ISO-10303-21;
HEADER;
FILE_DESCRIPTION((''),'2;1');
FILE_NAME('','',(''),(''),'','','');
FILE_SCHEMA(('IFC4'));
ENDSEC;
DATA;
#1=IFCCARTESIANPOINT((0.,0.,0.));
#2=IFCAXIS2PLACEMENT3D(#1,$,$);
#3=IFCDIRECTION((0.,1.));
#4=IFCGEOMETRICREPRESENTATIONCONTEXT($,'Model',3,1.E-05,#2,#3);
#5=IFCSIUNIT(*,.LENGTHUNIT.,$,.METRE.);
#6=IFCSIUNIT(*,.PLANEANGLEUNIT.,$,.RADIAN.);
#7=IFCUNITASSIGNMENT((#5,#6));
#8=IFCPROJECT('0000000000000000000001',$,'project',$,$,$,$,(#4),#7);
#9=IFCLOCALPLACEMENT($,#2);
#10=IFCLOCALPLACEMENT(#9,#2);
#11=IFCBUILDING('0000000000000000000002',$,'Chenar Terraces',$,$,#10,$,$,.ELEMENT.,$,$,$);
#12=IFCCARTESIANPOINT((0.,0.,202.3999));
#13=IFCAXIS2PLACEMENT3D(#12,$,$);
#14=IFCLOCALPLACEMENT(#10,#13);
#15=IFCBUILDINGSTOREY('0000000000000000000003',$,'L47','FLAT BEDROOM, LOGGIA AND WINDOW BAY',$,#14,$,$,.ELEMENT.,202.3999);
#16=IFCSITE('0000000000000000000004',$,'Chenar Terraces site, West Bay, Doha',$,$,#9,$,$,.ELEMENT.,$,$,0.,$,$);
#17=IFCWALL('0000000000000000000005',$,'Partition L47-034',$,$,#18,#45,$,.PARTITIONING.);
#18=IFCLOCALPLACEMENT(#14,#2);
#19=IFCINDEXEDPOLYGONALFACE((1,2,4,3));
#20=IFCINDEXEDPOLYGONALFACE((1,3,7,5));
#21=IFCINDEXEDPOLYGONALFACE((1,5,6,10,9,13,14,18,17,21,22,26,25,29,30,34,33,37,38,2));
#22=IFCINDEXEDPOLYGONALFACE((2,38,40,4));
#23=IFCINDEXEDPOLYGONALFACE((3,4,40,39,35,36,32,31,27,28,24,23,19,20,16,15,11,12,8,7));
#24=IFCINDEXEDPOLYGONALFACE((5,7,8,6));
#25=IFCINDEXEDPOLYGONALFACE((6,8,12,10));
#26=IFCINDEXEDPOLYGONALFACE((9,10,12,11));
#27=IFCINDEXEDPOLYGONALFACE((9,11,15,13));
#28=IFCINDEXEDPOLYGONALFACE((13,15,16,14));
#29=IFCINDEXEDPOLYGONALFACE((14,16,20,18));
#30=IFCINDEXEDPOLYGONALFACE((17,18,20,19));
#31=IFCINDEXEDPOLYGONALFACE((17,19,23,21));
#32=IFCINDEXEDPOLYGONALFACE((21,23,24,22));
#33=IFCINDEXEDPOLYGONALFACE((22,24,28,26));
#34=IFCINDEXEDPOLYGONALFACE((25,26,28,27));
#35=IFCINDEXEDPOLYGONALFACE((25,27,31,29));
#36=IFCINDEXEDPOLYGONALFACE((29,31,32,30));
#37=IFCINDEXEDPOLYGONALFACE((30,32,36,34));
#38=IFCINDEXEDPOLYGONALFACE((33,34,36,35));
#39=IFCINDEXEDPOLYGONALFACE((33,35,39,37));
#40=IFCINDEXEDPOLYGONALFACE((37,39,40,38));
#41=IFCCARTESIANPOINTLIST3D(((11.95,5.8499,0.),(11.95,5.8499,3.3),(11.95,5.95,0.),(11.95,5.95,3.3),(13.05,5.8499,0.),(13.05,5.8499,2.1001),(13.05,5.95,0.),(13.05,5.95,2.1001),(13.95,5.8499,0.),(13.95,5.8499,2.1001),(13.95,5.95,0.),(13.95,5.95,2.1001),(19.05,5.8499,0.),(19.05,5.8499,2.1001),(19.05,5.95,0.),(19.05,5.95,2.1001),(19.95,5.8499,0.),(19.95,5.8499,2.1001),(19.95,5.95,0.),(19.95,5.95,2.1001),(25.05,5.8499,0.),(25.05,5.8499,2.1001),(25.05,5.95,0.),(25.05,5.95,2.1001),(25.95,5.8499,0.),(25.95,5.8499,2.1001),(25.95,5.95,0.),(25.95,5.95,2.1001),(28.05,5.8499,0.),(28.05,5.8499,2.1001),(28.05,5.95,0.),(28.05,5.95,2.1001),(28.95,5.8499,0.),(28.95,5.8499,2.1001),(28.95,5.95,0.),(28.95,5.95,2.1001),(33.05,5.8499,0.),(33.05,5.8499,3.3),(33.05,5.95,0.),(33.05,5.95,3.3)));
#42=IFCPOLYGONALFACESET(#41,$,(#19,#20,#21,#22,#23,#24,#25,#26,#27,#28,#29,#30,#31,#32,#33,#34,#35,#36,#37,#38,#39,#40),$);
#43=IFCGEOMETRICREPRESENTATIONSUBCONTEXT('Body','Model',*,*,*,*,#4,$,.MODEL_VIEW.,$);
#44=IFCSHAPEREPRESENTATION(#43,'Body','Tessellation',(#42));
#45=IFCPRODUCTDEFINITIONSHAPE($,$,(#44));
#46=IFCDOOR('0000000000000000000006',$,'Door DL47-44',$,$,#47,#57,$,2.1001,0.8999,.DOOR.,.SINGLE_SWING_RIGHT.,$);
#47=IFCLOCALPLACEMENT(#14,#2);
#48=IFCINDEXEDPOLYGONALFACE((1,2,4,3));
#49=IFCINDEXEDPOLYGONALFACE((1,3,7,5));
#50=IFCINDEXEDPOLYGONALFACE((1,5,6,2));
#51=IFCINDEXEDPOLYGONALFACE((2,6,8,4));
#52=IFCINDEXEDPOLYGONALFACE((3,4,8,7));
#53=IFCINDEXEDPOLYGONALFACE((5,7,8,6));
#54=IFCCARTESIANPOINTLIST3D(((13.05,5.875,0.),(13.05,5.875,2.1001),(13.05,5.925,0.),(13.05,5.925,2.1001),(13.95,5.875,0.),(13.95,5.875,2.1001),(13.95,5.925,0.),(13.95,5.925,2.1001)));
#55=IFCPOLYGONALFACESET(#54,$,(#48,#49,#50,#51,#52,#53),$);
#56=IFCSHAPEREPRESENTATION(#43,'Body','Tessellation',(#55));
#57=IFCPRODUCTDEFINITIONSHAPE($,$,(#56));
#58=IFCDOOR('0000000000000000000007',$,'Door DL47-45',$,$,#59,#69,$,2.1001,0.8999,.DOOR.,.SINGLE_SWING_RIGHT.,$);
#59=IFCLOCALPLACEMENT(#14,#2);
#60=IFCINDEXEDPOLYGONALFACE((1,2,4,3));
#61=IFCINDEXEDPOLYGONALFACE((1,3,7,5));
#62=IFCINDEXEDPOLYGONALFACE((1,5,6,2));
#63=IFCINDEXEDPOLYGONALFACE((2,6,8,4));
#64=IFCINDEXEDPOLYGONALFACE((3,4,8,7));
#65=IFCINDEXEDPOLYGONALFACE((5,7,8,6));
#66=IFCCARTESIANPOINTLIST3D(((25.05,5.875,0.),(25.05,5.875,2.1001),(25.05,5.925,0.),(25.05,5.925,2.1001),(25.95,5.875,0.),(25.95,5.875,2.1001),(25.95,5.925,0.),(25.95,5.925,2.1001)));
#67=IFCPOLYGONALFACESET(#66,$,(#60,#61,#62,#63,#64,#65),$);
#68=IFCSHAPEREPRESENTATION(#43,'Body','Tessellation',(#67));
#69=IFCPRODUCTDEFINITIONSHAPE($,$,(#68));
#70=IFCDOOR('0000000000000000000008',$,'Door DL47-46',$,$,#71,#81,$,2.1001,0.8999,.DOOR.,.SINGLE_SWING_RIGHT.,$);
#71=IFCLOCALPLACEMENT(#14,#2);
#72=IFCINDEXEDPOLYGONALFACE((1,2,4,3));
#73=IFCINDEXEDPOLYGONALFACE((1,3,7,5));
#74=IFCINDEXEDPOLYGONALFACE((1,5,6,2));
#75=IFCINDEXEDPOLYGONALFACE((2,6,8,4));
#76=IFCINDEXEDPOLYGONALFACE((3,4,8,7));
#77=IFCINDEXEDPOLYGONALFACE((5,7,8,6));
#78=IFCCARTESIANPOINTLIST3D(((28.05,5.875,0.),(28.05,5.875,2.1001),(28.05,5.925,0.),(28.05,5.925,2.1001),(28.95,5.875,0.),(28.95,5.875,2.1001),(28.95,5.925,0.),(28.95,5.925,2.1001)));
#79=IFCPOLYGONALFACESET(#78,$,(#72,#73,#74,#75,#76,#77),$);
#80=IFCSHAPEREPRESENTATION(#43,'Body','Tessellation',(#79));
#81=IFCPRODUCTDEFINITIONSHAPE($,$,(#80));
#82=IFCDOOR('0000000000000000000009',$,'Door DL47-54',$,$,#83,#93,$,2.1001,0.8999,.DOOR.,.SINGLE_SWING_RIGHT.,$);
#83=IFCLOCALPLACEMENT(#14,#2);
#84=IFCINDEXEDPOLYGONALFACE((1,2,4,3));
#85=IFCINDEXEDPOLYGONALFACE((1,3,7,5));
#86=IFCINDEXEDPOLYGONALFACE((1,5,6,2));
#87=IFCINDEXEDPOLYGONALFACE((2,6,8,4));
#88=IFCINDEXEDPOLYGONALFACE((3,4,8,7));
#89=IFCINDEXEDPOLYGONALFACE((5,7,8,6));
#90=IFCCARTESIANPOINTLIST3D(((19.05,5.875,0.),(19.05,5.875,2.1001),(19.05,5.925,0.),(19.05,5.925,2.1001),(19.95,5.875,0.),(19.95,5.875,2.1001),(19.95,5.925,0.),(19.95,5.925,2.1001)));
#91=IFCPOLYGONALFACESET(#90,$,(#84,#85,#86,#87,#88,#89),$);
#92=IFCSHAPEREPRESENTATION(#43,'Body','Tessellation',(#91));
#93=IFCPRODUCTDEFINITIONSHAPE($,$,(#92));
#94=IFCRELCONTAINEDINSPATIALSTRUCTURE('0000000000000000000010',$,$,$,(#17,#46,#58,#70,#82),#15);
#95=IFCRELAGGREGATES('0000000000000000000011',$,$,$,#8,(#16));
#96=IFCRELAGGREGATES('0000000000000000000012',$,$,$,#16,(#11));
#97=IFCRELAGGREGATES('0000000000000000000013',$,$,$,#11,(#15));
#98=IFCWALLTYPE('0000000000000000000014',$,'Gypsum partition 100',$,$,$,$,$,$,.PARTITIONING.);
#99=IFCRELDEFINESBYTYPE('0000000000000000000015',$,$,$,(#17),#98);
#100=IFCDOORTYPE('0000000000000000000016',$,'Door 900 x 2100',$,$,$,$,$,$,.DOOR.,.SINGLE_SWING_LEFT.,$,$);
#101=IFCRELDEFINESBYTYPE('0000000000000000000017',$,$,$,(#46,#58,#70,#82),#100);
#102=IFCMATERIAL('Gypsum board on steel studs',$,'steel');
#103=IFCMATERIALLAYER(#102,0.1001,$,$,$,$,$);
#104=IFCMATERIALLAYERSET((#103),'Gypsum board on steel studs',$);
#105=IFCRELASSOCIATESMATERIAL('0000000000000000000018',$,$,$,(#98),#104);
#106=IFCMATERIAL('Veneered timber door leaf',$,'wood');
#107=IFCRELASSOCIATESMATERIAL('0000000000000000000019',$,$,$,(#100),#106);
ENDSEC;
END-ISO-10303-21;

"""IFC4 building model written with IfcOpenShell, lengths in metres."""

from ifc_helpers import new_model, si_unit, direction, frame, frame_2d, origin, place, context, subcontext, project, spatial, rectangle, extrude, material, layer, layer_set, type_object, element, fill, save


model = new_model("IFC4")

# Units and contexts
model_context = context("Model", 3, precision=1e-05, world=origin(), true_north=direction((0.0, 1.0)))
body_context = subcontext(model_context, "Body", "Model", "MODEL_VIEW")
ifc_project = project(units=[si_unit("LENGTHUNIT", "METRE"), si_unit("PLANEANGLEUNIT", "RADIAN")], contexts=[model_context])

# Site, building, storey
site_placement = place(None, origin())
site = spatial("IfcSite", under=ifc_project, at=site_placement, Name="Chenar Terraces site, West Bay, Doha", CompositionType="ELEMENT", RefElevation=0.0)
building_placement = place(site_placement, origin())
building = spatial("IfcBuilding", under=site, at=building_placement, Name="Chenar Terraces", CompositionType="ELEMENT")
storey_placement = place(building_placement, frame((0.0, 0.0, 202.3999)))
storey = spatial("IfcBuildingStorey", under=building, at=storey_placement, Name="L47", Description="FLAT BEDROOM, LOGGIA AND WINDOW BAY", CompositionType="ELEMENT", Elevation=202.3999)

# Wall, openings, doors
ifc_material_1 = material(Name="Gypsum board on steel studs", Category="steel")
ifc_layer_1 = layer(ifc_material_1, 0.1001)
ifc_layer_set_1 = layer_set([ifc_layer_1], Name="Gypsum board on steel studs")
wall_type_1 = type_object("IfcWallType", Name="Gypsum partition 100", PredefinedType="PARTITIONING", material=ifc_layer_set_1)
wall_1_placement = place(storey_placement, frame((11.95, 5.8999, 0.0), z_axis=(0.0, 0.0, 1.0), x_axis=(1.0, 0.0, 0.0)))
wall_1 = element("IfcWall", 1, at=wall_1_placement, inside=storey, type_object=wall_type_1, Name="Partition L47-034", PredefinedType="PARTITIONING", context=body_context, shape_type="SweptSolid", body=[
    extrude(rectangle(XDim=21.1001, YDim=0.1001, at=frame_2d((10.55, 0.0))), origin(), (0.0, 0.0, 1.0), 3.3),
])
opening_1_placement = place(wall_1_placement, frame((1.1001, 0.0, 0.0)))
opening_1 = element("IfcOpeningElement", 2, at=opening_1_placement, cuts=wall_1, PredefinedType="OPENING", context=body_context, shape_type="SweptSolid", body=[
    extrude(rectangle(XDim=0.8999, YDim=2.1001, at=frame_2d((0.45, 1.05))), frame((0.0, 0.0601, 0.0), z_axis=(0.0, -1.0, 0.0), x_axis=(1.0, 0.0, 0.0)), (0.0, 0.0, 1.0), 0.1201),
])
opening_2_placement = place(wall_1_placement, frame((13.1001, 0.0, 0.0)))
opening_2 = element("IfcOpeningElement", 3, at=opening_2_placement, cuts=wall_1, PredefinedType="OPENING", context=body_context, shape_type="SweptSolid", body=[
    extrude(rectangle(XDim=0.8999, YDim=2.1001, at=frame_2d((0.45, 1.05))), frame((0.0, 0.0601, 0.0), z_axis=(0.0, -1.0, 0.0), x_axis=(1.0, 0.0, 0.0)), (0.0, 0.0, 1.0), 0.1201),
])
opening_3_placement = place(wall_1_placement, frame((16.1001, 0.0, 0.0)))
opening_3 = element("IfcOpeningElement", 4, at=opening_3_placement, cuts=wall_1, PredefinedType="OPENING", context=body_context, shape_type="SweptSolid", body=[
    extrude(rectangle(XDim=0.8999, YDim=2.1001, at=frame_2d((0.45, 1.05))), frame((0.0, 0.0601, 0.0), z_axis=(0.0, -1.0, 0.0), x_axis=(1.0, 0.0, 0.0)), (0.0, 0.0, 1.0), 0.1201),
])
opening_4_placement = place(wall_1_placement, frame((7.1001, 0.0, 0.0)))
opening_4 = element("IfcOpeningElement", 5, at=opening_4_placement, cuts=wall_1, PredefinedType="OPENING", context=body_context, shape_type="SweptSolid", body=[
    extrude(rectangle(XDim=0.8999, YDim=2.1001, at=frame_2d((0.45, 1.05))), frame((0.0, 0.0601, 0.0), z_axis=(0.0, -1.0, 0.0), x_axis=(1.0, 0.0, 0.0)), (0.0, 0.0, 1.0), 0.1201),
])
ifc_material_2 = material(Name="Veneered timber door leaf", Category="wood")
door_type_1 = type_object("IfcDoorType", Name="Door 900 x 2100", OperationType="SINGLE_SWING_LEFT", PredefinedType="DOOR", material=ifc_material_2)
door_1_placement = place(opening_1_placement, frame((0.8999, 0.0, 0.0), z_axis=(0.0, 0.0, 1.0), x_axis=(-1.0, 0.0, 0.0)))
door_1 = element("IfcDoor", 6, at=door_1_placement, inside=storey, type_object=door_type_1, Name="Door DL47-44", OperationType="SINGLE_SWING_RIGHT", OverallHeight=2.1001, OverallWidth=0.8999, PredefinedType="DOOR", context=body_context, shape_type="SweptSolid", body=[
    extrude(rectangle(XDim=0.8999, YDim=2.1001, at=frame_2d((0.45, 1.05))), frame((0.0, 0.0249, 0.0), z_axis=(0.0, -1.0, 0.0), x_axis=(1.0, 0.0, 0.0)), (0.0, 0.0, 1.0), 0.05),
])
fill(opening_1, door_1)
door_2_placement = place(opening_2_placement, frame((0.8999, 0.0, 0.0), z_axis=(0.0, 0.0, 1.0), x_axis=(-1.0, 0.0, 0.0)))
door_2 = element("IfcDoor", 7, at=door_2_placement, inside=storey, type_object=door_type_1, Name="Door DL47-45", OperationType="SINGLE_SWING_RIGHT", OverallHeight=2.1001, OverallWidth=0.8999, PredefinedType="DOOR", context=body_context, shape_type="SweptSolid", body=[
    extrude(rectangle(XDim=0.8999, YDim=2.1001, at=frame_2d((0.45, 1.05))), frame((0.0, 0.0249, 0.0), z_axis=(0.0, -1.0, 0.0), x_axis=(1.0, 0.0, 0.0)), (0.0, 0.0, 1.0), 0.05),
])
fill(opening_2, door_2)
door_3_placement = place(opening_3_placement, frame((0.8999, 0.0, 0.0), z_axis=(0.0, 0.0, 1.0), x_axis=(-1.0, 0.0, 0.0)))
door_3 = element("IfcDoor", 8, at=door_3_placement, inside=storey, type_object=door_type_1, Name="Door DL47-46", OperationType="SINGLE_SWING_RIGHT", OverallHeight=2.1001, OverallWidth=0.8999, PredefinedType="DOOR", context=body_context, shape_type="SweptSolid", body=[
    extrude(rectangle(XDim=0.8999, YDim=2.1001, at=frame_2d((0.45, 1.05))), frame((0.0, 0.0249, 0.0), z_axis=(0.0, -1.0, 0.0), x_axis=(1.0, 0.0, 0.0)), (0.0, 0.0, 1.0), 0.05),
])
fill(opening_3, door_3)
door_4_placement = place(opening_4_placement, frame((0.8999, 0.0, 0.0), z_axis=(0.0, 0.0, 1.0), x_axis=(-1.0, 0.0, 0.0)))
door_4 = element("IfcDoor", 9, at=door_4_placement, inside=storey, type_object=door_type_1, Name="Door DL47-54", OperationType="SINGLE_SWING_RIGHT", OverallHeight=2.1001, OverallWidth=0.8999, PredefinedType="DOOR", context=body_context, shape_type="SweptSolid", body=[
    extrude(rectangle(XDim=0.8999, YDim=2.1001, at=frame_2d((0.45, 1.05))), frame((0.0, 0.0249, 0.0), z_axis=(0.0, -1.0, 0.0), x_axis=(1.0, 0.0, 0.0)), (0.0, 0.0, 1.0), 0.05),
])
fill(opening_4, door_4)

save(model, "model.ifc")
